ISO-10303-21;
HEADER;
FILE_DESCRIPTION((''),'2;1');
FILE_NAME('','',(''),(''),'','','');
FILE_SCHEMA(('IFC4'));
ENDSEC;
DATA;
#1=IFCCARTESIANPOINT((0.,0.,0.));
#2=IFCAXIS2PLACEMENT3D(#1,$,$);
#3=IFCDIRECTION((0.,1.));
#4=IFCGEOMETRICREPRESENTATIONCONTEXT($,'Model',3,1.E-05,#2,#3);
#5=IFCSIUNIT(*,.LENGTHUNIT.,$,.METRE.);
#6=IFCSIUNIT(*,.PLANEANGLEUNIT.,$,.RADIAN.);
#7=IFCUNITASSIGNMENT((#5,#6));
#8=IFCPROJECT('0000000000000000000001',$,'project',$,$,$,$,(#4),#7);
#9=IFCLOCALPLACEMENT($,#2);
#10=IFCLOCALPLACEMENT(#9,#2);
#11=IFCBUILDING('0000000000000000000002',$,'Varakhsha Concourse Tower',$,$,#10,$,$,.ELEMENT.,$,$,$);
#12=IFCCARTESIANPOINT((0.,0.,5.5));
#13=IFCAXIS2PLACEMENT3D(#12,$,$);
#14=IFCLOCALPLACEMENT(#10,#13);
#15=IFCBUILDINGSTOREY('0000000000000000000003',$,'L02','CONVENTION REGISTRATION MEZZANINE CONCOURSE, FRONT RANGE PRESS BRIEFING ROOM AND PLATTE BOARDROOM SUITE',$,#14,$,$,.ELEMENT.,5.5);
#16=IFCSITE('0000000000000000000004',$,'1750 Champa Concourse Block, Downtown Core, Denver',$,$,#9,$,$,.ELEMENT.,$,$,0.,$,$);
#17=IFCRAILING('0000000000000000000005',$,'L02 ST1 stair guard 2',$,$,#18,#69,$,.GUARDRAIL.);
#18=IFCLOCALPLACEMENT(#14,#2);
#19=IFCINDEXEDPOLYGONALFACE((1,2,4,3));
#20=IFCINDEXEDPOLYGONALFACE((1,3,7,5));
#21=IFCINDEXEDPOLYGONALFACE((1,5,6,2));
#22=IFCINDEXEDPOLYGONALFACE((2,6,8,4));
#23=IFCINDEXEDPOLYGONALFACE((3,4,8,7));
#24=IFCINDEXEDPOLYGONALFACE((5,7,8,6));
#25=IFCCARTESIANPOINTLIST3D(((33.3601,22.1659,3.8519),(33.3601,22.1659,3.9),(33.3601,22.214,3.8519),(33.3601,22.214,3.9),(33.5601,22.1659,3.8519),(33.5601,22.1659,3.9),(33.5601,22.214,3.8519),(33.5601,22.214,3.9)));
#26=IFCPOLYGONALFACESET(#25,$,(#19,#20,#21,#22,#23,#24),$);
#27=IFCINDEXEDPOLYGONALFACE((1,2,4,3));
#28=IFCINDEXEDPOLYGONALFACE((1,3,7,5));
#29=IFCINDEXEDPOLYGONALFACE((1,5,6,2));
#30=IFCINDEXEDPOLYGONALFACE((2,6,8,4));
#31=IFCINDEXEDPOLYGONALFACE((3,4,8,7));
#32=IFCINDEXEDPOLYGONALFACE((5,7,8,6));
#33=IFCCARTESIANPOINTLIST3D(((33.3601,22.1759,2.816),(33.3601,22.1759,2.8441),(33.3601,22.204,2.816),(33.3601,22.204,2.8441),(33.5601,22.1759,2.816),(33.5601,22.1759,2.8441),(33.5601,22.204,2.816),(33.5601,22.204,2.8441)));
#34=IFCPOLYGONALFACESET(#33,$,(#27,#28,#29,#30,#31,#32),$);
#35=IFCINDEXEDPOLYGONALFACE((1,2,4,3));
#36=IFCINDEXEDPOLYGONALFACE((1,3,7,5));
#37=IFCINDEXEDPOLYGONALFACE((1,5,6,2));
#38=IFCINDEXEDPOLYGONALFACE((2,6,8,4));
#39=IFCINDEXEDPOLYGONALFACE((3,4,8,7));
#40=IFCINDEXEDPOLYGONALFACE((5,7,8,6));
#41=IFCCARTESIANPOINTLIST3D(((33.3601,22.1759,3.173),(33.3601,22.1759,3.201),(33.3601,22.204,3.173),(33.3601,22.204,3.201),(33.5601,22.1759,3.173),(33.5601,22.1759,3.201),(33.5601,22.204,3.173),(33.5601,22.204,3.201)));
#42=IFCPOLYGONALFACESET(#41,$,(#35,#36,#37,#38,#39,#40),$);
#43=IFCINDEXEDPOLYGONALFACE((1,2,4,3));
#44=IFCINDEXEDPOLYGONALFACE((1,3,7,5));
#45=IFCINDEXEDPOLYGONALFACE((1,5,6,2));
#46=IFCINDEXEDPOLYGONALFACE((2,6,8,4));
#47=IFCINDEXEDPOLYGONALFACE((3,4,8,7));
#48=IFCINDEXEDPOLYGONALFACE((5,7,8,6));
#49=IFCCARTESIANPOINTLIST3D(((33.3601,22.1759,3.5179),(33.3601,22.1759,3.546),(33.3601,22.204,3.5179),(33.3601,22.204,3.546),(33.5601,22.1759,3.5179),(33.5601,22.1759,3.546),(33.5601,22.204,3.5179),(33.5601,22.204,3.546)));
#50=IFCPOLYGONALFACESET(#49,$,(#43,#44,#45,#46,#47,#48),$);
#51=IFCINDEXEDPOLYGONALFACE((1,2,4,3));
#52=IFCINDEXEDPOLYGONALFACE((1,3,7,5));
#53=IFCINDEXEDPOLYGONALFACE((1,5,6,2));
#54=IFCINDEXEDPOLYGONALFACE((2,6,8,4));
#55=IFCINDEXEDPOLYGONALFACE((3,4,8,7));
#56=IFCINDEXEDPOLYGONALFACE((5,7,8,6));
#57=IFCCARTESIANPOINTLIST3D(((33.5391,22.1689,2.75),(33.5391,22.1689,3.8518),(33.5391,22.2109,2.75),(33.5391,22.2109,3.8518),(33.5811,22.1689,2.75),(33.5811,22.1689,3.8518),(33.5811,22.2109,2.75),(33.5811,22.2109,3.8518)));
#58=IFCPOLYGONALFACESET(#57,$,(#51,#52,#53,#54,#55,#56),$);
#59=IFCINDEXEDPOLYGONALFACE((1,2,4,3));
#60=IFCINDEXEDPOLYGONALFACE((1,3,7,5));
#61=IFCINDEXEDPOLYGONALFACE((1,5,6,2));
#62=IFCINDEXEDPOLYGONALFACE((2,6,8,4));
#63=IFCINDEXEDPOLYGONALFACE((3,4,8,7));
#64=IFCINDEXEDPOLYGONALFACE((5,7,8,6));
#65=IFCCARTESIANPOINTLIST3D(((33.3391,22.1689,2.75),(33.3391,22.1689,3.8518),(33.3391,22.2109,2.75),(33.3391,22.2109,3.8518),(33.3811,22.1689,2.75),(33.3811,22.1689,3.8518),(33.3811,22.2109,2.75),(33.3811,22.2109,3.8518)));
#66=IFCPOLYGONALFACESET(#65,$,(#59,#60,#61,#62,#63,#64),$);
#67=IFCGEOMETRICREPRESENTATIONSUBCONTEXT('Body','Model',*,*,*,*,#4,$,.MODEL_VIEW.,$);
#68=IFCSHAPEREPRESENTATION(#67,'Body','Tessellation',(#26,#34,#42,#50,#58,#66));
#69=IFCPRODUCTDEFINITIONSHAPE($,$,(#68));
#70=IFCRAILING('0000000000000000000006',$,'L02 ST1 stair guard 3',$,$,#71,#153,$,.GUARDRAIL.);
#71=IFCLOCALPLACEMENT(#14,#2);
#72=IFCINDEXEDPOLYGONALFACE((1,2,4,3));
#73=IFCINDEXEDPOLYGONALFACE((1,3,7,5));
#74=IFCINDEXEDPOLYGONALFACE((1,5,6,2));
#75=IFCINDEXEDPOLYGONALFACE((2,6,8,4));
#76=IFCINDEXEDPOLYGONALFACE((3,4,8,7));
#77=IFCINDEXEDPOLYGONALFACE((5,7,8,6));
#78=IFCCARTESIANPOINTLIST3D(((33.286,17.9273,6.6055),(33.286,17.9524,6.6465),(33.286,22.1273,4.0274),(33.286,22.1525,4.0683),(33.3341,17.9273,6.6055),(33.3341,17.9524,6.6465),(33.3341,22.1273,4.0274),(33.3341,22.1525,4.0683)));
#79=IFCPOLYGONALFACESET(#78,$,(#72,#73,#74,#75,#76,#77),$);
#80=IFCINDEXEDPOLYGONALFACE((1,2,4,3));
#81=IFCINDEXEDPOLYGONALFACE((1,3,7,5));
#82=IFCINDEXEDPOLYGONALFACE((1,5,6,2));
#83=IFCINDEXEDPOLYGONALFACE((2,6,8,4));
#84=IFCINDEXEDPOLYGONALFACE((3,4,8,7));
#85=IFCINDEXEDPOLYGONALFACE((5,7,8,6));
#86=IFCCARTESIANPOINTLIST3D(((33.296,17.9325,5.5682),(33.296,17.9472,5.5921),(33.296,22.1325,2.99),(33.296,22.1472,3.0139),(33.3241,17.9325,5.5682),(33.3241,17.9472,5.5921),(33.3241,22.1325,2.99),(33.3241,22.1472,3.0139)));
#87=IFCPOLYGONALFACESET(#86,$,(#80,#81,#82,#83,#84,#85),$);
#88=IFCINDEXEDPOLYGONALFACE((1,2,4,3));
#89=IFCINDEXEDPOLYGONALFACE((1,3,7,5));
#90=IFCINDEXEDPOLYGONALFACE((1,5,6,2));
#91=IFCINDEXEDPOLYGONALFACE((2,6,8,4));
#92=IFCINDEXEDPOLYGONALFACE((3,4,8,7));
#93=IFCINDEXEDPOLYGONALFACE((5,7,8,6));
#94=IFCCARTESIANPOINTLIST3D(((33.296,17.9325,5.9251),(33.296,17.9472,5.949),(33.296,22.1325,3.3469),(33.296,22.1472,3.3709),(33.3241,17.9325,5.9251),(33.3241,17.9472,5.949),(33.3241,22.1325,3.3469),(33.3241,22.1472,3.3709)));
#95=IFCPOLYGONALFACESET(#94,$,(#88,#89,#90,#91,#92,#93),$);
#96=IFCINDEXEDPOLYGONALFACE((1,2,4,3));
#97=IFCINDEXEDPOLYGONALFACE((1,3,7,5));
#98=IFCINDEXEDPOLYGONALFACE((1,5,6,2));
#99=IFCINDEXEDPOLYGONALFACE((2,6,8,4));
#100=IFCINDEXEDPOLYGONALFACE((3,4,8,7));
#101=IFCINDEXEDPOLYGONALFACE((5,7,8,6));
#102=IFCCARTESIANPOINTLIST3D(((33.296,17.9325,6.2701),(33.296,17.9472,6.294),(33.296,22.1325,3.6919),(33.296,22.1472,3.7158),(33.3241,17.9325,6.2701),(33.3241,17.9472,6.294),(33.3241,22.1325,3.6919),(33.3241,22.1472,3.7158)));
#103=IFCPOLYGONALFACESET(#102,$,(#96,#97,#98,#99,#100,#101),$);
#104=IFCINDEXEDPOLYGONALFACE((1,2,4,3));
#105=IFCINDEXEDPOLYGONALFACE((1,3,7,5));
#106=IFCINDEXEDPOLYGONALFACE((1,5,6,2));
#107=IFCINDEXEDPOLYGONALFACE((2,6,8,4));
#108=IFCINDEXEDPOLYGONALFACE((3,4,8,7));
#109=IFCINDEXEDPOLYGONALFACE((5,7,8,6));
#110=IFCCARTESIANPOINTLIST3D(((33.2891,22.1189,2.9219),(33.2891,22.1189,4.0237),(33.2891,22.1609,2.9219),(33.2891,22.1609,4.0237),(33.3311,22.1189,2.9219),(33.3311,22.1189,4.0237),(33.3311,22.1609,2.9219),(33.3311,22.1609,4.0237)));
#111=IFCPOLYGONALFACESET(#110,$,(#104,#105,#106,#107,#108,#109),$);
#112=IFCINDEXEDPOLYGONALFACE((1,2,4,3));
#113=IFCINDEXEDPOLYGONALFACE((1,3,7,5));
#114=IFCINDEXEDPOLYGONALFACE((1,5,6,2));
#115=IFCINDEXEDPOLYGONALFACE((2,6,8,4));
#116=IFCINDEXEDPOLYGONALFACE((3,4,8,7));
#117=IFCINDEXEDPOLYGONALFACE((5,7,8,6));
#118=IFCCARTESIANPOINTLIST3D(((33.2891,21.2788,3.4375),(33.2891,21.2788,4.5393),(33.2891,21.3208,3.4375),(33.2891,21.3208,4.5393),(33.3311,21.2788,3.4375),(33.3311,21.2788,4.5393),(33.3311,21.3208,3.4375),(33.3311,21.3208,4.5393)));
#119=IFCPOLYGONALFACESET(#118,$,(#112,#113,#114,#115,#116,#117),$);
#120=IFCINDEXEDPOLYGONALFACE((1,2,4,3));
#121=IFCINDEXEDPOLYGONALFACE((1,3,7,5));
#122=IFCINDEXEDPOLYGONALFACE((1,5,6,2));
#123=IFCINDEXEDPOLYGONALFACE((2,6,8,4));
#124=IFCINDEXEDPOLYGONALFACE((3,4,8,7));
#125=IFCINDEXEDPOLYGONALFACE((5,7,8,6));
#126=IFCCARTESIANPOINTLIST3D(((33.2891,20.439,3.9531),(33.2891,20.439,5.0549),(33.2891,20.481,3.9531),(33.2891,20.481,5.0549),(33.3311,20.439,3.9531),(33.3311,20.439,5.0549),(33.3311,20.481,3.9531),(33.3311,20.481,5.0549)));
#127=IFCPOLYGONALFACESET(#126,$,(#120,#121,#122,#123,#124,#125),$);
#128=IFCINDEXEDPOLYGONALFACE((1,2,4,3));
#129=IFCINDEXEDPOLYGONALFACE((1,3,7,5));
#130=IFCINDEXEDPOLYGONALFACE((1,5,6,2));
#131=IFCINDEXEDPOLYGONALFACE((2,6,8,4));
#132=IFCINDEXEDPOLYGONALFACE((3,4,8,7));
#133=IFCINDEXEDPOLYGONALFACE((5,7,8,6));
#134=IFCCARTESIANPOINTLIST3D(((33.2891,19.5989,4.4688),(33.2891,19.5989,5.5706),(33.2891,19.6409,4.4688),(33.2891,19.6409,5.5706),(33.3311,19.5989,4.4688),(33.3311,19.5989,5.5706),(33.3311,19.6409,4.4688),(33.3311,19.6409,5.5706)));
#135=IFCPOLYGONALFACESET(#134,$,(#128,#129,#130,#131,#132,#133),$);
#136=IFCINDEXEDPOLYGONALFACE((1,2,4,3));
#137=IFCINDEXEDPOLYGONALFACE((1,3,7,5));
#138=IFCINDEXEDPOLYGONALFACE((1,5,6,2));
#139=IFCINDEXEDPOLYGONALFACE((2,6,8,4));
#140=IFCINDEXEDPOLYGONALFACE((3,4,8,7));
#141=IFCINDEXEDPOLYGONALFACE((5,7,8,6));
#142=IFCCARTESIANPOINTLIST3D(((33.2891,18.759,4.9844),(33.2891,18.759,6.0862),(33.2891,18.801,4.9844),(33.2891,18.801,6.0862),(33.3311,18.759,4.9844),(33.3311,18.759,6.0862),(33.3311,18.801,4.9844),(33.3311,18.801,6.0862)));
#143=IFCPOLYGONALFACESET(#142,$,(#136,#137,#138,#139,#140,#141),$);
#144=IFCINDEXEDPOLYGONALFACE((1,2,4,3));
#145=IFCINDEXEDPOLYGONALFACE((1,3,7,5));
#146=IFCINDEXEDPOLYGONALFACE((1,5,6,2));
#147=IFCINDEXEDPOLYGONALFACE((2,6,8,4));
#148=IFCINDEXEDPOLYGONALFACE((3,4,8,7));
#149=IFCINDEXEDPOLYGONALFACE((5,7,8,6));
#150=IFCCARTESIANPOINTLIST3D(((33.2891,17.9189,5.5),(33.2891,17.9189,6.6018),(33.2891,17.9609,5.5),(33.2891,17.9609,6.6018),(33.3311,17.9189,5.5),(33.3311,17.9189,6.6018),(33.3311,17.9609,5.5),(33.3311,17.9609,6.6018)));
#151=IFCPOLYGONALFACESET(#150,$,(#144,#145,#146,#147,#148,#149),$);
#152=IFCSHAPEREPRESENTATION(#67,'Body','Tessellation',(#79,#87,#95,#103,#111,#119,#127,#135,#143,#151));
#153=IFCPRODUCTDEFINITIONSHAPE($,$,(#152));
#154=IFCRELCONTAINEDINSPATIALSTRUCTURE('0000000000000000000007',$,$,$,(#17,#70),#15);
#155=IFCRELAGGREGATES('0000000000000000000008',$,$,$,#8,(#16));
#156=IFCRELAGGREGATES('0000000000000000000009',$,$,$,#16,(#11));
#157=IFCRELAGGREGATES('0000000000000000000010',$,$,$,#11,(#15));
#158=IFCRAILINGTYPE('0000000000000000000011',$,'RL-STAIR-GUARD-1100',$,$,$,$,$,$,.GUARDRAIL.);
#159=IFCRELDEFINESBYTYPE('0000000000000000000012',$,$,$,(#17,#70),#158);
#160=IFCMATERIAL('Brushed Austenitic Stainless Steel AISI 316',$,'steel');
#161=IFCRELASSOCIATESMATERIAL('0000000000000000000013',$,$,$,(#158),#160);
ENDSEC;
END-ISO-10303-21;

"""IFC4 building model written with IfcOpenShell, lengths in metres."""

from ifc_helpers import new_model, si_unit, direction, frame, origin, origin_2d, place, context, subcontext, project, spatial, rectangle, extrude, material, type_object, element, save


model = new_model("IFC4")

# Units and contexts
model_context = context("Model", 3, precision=1e-05, world=origin(), true_north=direction((0.0, 1.0)))
body_context = subcontext(model_context, "Body", "Model", "MODEL_VIEW")
ifc_project = project(units=[si_unit("LENGTHUNIT", "METRE"), si_unit("PLANEANGLEUNIT", "RADIAN")], contexts=[model_context])

# Site, building, storey
site_placement = place(None, origin())
site = spatial("IfcSite", under=ifc_project, at=site_placement, Name="1750 Champa Concourse Block, Downtown Core, Denver", CompositionType="ELEMENT", RefElevation=0.0)
building_placement = place(site_placement, origin())
building = spatial("IfcBuilding", under=site, at=building_placement, Name="Varakhsha Concourse Tower", CompositionType="ELEMENT")
storey_placement = place(building_placement, frame((0.0, 0.0, 5.5)))
storey = spatial("IfcBuildingStorey", under=building, at=storey_placement, Name="L02", Description="CONVENTION REGISTRATION MEZZANINE CONCOURSE, FRONT RANGE PRESS BRIEFING ROOM AND PLATTE BOARDROOM SUITE", CompositionType="ELEMENT", Elevation=5.5)

# Shared definitions
ifc_material_1 = material(Name="Brushed Austenitic Stainless Steel AISI 316", Category="steel")

# Railings
railing_type = type_object("IfcRailingType", Name="RL-STAIR-GUARD-1100", PredefinedType="GUARDRAIL", material=ifc_material_1)
railing_1_placement = place(storey_placement, frame((33.5601, 22.1899, 2.75)))
element("IfcRailing", 1, at=railing_1_placement, inside=storey, type_object=railing_type, Name="L02 ST1 stair guard 2", PredefinedType="GUARDRAIL", context=body_context, shape_type="SweptSolid", body=[
    extrude(rectangle(XDim=0.0481, YDim=0.0481, at=origin_2d()), frame((0.0, 0.0, 1.126), z_axis=(-1.0, 0.0, 0.0), x_axis=(0.0, -1.0, 0.0)), (0.0, 0.0, 1.0), 0.2),
    extrude(rectangle(XDim=0.0281, YDim=0.0281, at=origin_2d()), frame((0.0, 0.0, 0.0801), z_axis=(-1.0, 0.0, 0.0), x_axis=(0.0, -1.0, 0.0)), (0.0, 0.0, 1.0), 0.2),
    extrude(rectangle(XDim=0.0281, YDim=0.0281, at=origin_2d()), frame((0.0, 0.0, 0.437), z_axis=(-1.0, 0.0, 0.0), x_axis=(0.0, -1.0, 0.0)), (0.0, 0.0, 1.0), 0.2),
    extrude(rectangle(XDim=0.0281, YDim=0.0281, at=origin_2d()), frame((0.0, 0.0, 0.782), z_axis=(-1.0, 0.0, 0.0), x_axis=(0.0, -1.0, 0.0)), (0.0, 0.0, 1.0), 0.2),
    extrude(rectangle(XDim=0.042, YDim=0.042, at=origin_2d()), origin(), (0.0, 0.0, 1.0), 1.1018),
    extrude(rectangle(XDim=0.042, YDim=0.042, at=origin_2d()), frame((-0.2, 0.0, 0.0)), (0.0, 0.0, 1.0), 1.1018),
])
railing_2_placement = place(storey_placement, frame((33.3101, 22.1399, 2.9219)))
element("IfcRailing", 2, at=railing_2_placement, inside=storey, type_object=railing_type, Name="L02 ST1 stair guard 3", PredefinedType="GUARDRAIL", context=body_context, shape_type="SweptSolid", body=[
    extrude(rectangle(XDim=0.0481, YDim=0.0481, at=origin_2d()), frame((0.0, 0.0, 1.126), z_axis=(0.0, -0.852243, 0.523146), x_axis=(1.0, 0.0, 0.0)), (0.0, 0.0, 1.0), 4.9282),
    extrude(rectangle(XDim=0.0281, YDim=0.0281, at=origin_2d()), frame((0.0, 0.0, 0.0801), z_axis=(0.0, -0.852243, 0.523146), x_axis=(1.0, 0.0, 0.0)), (0.0, 0.0, 1.0), 4.9282),
    extrude(rectangle(XDim=0.0281, YDim=0.0281, at=origin_2d()), frame((0.0, 0.0, 0.437), z_axis=(0.0, -0.852243, 0.523146), x_axis=(1.0, 0.0, 0.0)), (0.0, 0.0, 1.0), 4.9282),
    extrude(rectangle(XDim=0.0281, YDim=0.0281, at=origin_2d()), frame((0.0, 0.0, 0.782), z_axis=(0.0, -0.852243, 0.523146), x_axis=(1.0, 0.0, 0.0)), (0.0, 0.0, 1.0), 4.9282),
    extrude(rectangle(XDim=0.042, YDim=0.042, at=origin_2d()), origin(), (0.0, 0.0, 1.0), 1.1018),
    extrude(rectangle(XDim=0.042, YDim=0.042, at=origin_2d()), frame((0.0, -0.8401, 0.5156)), (0.0, 0.0, 1.0), 1.1018),
    extrude(rectangle(XDim=0.042, YDim=0.042, at=origin_2d()), frame((0.0, -1.6799, 1.0312)), (0.0, 0.0, 1.0), 1.1018),
    extrude(rectangle(XDim=0.042, YDim=0.042, at=origin_2d()), frame((0.0, -2.52, 1.5469)), (0.0, 0.0, 1.0), 1.1018),
    extrude(rectangle(XDim=0.042, YDim=0.042, at=origin_2d()), frame((0.0, -3.3599, 2.0625)), (0.0, 0.0, 1.0), 1.1018),
    extrude(rectangle(XDim=0.042, YDim=0.042, at=origin_2d()), frame((0.0, -4.2, 2.5781)), (0.0, 0.0, 1.0), 1.1018),
])

save(model, "model.ifc")
